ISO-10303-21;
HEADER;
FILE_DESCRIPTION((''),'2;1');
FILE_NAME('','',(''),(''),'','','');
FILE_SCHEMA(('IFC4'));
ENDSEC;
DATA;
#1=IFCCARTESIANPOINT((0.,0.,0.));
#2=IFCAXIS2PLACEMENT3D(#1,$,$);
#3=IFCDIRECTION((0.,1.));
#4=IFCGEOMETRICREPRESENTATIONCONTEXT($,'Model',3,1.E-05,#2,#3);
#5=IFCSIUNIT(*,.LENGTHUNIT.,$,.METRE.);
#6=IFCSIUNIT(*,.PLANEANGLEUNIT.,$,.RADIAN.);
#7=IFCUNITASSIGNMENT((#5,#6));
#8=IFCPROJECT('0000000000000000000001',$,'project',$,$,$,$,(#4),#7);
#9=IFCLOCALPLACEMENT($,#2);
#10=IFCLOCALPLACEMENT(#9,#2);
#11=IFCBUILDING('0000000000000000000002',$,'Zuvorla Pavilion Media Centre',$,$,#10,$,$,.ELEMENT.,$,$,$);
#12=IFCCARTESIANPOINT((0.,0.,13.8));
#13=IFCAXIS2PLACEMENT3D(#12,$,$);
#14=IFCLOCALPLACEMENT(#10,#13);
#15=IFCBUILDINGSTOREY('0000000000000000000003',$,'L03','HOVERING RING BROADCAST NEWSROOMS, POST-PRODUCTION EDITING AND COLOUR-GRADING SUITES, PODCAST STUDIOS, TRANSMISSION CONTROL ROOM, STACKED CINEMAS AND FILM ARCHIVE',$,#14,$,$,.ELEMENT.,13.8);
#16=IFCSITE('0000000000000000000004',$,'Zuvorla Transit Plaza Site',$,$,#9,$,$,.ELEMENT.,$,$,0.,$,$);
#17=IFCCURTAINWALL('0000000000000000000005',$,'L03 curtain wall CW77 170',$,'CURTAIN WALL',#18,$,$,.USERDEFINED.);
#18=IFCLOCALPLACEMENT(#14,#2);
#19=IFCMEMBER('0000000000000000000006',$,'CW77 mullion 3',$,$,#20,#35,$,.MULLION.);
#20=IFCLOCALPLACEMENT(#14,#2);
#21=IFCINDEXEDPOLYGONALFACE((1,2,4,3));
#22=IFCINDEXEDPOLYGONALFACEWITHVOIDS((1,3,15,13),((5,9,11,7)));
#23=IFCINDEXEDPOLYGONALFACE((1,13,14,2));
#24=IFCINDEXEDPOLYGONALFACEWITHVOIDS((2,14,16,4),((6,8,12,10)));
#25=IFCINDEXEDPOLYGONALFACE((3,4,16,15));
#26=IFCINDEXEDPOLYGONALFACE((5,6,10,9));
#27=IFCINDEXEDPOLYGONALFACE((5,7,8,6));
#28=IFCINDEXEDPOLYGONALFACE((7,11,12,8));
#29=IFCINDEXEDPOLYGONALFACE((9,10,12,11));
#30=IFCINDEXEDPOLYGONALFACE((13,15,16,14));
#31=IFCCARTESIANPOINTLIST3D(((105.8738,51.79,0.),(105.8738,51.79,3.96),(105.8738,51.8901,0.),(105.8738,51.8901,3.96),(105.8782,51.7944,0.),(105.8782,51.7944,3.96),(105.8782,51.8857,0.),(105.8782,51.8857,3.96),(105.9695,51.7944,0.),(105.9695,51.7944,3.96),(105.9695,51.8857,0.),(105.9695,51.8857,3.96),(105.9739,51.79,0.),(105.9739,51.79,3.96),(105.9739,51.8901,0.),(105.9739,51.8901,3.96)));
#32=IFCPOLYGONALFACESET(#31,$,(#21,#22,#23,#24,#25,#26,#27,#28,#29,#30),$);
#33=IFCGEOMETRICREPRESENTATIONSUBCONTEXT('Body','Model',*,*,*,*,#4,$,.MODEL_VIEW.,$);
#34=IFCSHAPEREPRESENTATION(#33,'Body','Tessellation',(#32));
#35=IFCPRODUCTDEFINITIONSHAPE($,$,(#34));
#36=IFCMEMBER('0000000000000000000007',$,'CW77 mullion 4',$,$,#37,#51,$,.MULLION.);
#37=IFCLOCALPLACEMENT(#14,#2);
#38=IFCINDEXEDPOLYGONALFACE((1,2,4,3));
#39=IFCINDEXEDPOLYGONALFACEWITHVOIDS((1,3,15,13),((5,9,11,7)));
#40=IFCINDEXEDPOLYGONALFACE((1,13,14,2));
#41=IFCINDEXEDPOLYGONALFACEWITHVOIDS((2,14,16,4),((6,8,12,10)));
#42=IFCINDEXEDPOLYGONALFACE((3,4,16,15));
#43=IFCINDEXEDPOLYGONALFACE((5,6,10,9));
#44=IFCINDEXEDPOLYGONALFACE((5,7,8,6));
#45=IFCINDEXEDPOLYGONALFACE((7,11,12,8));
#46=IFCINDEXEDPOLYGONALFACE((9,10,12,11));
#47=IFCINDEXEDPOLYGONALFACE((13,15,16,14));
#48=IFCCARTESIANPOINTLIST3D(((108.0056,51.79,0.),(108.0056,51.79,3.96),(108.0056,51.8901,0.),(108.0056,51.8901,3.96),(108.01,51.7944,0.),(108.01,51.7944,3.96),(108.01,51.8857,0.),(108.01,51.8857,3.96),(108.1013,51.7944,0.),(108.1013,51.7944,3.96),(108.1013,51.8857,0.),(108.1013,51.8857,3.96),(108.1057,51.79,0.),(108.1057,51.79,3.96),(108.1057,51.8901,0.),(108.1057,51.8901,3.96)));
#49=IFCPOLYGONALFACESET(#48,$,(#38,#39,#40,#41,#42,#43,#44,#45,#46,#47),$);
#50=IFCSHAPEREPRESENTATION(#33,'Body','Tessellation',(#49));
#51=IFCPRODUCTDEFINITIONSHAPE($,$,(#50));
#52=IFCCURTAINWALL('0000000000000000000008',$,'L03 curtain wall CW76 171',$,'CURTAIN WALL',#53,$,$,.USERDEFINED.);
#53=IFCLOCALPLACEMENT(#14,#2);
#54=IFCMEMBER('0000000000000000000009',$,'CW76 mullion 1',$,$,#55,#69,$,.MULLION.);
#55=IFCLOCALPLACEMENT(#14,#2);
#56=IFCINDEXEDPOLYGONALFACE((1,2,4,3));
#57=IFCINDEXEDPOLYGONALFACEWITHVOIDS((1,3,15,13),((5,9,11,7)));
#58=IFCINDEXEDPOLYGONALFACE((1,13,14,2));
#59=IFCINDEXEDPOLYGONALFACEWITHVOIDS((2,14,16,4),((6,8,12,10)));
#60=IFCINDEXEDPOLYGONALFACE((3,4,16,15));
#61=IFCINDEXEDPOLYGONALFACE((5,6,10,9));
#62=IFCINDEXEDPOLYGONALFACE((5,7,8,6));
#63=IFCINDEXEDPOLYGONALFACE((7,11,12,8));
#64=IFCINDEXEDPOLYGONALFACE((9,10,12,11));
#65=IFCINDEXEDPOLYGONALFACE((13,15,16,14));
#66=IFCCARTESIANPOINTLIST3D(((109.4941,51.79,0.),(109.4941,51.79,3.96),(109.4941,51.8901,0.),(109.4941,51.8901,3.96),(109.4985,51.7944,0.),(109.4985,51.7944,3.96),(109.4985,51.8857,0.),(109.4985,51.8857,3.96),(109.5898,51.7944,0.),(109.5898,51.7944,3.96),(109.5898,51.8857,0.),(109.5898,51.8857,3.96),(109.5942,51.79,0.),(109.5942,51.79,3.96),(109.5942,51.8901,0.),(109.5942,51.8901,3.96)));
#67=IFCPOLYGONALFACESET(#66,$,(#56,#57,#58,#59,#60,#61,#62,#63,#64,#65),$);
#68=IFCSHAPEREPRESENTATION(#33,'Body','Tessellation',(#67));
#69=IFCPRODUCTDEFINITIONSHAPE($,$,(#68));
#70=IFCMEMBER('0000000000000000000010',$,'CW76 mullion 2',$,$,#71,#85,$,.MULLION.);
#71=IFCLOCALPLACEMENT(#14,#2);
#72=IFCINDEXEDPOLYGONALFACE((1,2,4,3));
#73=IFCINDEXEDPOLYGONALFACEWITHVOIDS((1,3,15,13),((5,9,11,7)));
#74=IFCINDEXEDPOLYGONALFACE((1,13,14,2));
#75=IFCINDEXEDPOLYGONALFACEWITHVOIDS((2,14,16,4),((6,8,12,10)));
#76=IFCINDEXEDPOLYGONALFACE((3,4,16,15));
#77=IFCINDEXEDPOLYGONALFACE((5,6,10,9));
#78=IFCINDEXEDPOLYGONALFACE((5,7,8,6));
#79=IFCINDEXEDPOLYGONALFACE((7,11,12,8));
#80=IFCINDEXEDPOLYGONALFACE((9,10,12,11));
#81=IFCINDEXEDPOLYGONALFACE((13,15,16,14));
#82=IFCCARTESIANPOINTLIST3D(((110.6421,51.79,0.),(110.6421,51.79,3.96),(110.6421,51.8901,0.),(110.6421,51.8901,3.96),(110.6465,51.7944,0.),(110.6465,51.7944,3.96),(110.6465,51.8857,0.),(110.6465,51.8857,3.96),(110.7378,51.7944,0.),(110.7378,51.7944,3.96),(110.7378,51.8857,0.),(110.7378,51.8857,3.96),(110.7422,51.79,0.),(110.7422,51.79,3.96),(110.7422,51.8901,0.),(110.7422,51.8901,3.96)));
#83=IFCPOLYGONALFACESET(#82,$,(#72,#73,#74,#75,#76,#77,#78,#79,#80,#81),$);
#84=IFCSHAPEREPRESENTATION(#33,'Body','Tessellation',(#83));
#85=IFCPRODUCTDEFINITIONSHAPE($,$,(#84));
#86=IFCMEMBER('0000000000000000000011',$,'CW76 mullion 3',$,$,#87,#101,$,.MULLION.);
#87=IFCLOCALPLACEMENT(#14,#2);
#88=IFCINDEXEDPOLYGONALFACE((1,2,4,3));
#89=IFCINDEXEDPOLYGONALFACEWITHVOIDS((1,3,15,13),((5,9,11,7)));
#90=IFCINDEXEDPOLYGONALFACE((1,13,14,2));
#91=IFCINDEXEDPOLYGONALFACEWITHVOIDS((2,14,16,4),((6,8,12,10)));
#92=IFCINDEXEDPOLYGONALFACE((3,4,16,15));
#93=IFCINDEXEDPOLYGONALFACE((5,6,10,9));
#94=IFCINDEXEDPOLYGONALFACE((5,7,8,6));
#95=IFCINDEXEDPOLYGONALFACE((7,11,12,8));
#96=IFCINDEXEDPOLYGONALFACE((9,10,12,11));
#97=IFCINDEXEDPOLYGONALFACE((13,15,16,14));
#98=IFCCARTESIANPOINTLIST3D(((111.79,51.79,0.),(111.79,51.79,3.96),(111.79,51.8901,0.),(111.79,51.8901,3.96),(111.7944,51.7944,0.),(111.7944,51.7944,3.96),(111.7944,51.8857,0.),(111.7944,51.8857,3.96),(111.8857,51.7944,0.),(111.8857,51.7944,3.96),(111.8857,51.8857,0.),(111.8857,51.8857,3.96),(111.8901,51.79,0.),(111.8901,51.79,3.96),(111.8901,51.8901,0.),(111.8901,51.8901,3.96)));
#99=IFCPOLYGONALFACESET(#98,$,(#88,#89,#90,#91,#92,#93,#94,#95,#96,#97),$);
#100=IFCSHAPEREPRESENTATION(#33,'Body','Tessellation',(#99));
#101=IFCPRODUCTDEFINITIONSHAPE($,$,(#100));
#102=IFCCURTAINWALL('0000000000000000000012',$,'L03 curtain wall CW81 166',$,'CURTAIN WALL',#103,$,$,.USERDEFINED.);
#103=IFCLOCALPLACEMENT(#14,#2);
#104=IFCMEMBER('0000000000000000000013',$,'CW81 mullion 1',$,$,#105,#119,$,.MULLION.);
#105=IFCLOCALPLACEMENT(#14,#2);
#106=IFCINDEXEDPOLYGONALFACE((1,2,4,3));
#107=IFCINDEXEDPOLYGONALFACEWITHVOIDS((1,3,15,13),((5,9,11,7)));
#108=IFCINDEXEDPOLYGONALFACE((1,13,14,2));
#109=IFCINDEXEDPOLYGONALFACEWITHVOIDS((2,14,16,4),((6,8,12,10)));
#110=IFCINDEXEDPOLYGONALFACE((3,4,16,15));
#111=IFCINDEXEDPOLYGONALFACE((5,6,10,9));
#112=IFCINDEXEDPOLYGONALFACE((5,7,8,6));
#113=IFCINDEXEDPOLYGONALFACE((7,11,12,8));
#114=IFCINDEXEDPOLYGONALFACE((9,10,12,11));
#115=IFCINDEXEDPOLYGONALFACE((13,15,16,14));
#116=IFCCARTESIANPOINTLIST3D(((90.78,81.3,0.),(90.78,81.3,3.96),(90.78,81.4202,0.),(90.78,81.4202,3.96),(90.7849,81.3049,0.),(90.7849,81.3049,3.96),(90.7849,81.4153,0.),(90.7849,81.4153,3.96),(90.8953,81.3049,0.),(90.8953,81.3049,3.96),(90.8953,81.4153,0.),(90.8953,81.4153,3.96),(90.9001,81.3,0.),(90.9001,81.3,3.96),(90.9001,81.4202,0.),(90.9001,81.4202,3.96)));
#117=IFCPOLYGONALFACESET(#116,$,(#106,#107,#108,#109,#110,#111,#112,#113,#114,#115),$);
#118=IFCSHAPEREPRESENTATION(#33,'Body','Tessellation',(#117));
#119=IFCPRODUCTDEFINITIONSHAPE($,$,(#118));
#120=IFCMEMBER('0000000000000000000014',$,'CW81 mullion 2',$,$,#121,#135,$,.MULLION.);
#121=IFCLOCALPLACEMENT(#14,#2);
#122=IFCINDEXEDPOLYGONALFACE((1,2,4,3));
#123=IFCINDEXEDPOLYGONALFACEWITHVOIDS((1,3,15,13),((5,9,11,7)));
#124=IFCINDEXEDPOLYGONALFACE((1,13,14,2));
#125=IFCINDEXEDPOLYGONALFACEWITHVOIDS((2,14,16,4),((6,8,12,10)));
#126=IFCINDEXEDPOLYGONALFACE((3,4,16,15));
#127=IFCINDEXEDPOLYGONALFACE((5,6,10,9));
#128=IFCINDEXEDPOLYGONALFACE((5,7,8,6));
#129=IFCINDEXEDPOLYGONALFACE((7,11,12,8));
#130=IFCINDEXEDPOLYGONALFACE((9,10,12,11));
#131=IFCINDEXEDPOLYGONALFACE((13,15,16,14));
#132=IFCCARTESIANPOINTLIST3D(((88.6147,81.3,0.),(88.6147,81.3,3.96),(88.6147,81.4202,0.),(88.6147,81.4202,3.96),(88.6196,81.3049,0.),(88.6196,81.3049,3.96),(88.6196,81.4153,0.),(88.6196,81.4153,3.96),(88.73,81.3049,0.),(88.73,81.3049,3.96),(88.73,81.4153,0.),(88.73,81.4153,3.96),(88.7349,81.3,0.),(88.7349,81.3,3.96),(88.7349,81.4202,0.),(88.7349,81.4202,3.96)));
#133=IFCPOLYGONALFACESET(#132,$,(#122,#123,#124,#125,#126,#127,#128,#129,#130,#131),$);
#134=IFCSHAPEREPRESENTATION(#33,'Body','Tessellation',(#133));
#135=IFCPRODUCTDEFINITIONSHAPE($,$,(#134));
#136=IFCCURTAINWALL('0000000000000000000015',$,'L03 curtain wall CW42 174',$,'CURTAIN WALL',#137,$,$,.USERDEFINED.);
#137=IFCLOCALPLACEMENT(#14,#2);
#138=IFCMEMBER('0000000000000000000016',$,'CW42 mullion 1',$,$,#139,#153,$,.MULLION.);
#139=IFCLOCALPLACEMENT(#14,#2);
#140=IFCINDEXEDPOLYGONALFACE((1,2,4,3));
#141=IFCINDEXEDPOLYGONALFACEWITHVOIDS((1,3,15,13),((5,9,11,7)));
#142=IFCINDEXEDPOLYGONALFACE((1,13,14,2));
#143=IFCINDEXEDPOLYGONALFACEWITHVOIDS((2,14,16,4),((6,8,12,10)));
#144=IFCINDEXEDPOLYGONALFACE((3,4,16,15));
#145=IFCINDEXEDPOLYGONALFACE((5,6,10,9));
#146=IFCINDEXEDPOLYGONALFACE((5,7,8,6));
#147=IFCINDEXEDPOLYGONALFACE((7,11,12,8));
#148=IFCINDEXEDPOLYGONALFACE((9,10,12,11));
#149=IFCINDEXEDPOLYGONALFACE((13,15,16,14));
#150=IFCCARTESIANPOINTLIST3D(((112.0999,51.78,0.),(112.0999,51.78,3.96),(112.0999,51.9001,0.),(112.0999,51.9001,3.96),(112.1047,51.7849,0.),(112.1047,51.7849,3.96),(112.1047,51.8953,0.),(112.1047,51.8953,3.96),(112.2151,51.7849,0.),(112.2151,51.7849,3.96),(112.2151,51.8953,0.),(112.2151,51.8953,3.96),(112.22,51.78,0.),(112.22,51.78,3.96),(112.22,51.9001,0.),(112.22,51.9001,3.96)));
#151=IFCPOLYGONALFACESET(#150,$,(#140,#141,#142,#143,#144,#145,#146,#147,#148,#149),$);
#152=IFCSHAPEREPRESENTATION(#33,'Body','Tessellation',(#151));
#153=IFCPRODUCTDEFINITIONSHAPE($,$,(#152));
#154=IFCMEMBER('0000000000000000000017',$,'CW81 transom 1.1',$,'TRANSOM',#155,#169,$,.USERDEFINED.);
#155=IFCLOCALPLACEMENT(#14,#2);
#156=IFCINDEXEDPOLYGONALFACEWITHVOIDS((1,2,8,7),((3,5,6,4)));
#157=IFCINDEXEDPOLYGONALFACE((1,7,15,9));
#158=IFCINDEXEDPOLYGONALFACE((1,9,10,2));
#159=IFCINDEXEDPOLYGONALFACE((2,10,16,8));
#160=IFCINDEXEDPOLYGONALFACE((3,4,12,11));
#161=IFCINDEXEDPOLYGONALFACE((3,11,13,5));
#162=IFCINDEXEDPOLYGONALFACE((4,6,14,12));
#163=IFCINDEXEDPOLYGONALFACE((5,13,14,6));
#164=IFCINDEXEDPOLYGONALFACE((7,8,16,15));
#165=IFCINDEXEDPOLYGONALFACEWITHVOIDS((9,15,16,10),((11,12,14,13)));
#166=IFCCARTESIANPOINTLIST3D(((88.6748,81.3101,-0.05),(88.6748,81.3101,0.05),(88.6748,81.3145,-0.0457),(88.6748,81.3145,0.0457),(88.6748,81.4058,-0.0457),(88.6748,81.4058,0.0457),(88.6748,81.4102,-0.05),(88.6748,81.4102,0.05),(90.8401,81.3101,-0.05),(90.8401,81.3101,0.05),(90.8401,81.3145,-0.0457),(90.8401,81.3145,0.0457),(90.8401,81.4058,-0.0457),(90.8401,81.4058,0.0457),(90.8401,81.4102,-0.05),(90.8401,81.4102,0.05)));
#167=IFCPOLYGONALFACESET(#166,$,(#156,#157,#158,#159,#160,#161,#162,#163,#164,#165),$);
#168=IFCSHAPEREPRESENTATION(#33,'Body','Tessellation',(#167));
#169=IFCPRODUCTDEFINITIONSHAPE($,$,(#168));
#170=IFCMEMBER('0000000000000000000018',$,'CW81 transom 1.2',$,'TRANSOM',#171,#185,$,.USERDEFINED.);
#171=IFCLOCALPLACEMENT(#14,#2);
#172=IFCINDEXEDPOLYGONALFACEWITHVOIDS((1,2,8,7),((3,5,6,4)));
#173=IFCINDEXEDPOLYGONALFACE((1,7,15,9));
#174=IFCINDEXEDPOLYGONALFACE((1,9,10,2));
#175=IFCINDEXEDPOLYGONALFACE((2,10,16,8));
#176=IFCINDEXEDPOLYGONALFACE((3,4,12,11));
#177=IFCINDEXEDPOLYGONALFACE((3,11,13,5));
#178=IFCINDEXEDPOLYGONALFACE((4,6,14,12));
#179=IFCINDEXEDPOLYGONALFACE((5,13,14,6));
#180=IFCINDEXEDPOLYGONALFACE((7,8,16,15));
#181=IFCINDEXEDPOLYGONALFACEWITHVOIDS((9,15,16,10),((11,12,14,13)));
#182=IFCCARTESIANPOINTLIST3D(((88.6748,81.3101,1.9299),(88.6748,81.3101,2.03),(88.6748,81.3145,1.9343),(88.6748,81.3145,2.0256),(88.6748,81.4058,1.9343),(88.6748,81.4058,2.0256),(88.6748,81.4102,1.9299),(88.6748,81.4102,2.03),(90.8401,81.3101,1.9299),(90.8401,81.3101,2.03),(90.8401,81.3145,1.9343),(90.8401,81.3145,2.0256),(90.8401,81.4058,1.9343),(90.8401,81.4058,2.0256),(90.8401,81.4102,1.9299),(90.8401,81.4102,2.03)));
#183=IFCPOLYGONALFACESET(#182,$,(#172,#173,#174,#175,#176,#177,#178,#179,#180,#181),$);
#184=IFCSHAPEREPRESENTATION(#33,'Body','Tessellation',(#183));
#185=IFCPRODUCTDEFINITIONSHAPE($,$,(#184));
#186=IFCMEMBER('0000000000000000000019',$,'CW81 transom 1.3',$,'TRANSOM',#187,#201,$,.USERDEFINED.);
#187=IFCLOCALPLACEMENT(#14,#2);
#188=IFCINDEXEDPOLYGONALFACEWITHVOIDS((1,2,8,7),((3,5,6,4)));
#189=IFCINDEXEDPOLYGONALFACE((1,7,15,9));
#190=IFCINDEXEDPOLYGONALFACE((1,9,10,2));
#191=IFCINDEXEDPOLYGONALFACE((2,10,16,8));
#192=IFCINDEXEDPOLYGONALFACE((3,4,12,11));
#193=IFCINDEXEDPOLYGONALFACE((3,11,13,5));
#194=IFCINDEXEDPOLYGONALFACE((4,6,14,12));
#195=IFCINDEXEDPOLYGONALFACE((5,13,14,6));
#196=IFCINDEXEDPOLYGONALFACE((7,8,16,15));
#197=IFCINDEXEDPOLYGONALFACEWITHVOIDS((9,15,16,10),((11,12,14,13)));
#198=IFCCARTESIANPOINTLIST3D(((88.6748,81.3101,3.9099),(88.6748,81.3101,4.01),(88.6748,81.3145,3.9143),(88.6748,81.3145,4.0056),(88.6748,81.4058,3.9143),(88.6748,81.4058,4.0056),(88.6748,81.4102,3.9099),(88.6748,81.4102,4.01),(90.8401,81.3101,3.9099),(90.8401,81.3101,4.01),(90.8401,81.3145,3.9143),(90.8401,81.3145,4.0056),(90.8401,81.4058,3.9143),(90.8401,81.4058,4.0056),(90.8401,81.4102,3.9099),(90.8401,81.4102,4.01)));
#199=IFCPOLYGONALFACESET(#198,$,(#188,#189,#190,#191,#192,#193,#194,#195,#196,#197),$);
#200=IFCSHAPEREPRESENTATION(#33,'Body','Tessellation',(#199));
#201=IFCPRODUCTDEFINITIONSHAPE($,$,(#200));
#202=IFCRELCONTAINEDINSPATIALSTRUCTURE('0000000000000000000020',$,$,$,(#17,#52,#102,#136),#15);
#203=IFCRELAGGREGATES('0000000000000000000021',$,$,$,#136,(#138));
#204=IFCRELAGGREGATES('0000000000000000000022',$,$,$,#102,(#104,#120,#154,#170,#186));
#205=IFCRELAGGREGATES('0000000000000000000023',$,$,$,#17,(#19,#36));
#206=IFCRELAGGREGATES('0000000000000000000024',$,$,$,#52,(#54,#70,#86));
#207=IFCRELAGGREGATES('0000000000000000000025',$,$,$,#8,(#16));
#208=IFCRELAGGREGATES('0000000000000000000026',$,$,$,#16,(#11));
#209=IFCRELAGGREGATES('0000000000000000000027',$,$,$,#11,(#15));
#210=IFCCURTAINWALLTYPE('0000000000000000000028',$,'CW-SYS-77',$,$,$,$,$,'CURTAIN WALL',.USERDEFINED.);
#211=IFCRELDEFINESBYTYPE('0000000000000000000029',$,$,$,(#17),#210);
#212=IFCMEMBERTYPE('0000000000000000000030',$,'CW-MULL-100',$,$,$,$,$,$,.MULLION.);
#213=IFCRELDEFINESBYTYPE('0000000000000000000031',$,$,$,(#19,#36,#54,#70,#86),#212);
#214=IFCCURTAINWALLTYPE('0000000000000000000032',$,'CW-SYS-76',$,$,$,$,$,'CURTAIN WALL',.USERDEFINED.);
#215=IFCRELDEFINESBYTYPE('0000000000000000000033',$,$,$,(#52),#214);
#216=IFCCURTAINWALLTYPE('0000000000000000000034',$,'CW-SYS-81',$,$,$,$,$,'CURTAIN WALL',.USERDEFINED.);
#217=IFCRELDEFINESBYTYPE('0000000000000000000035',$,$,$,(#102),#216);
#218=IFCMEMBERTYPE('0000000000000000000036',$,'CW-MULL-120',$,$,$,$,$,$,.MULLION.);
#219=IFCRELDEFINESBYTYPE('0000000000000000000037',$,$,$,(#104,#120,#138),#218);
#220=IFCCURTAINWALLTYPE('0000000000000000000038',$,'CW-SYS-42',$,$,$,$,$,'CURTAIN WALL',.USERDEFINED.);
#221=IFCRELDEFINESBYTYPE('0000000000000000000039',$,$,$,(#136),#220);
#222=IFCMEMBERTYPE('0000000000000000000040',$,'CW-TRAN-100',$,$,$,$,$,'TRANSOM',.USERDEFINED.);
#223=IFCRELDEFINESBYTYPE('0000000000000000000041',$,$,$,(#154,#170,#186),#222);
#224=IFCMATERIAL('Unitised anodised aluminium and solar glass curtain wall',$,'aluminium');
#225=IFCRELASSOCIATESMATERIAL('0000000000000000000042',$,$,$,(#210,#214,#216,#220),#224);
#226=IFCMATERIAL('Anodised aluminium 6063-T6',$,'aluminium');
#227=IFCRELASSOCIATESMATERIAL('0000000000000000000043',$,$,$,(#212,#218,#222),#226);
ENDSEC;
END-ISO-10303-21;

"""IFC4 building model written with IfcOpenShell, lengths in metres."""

from ifc_helpers import new_model, si_unit, direction, frame, origin, origin_2d, place, context, subcontext, project, spatial, hollow_rectangle, extrude, material, material_profile, profile_set, type_object, element, aggregate, save


model = new_model("IFC4")

# Units and contexts
model_context = context("Model", 3, precision=1e-05, world=origin(), true_north=direction((0.0, 1.0)))
body_context = subcontext(model_context, "Body", "Model", "MODEL_VIEW")
ifc_project = project(units=[si_unit("LENGTHUNIT", "METRE"), si_unit("PLANEANGLEUNIT", "RADIAN")], contexts=[model_context])

# Site, building, storey
site_placement = place(None, origin())
site = spatial("IfcSite", under=ifc_project, at=site_placement, Name="Zuvorla Transit Plaza Site", CompositionType="ELEMENT", RefElevation=0.0)
building_placement = place(site_placement, origin())
building = spatial("IfcBuilding", under=site, at=building_placement, Name="Zuvorla Pavilion Media Centre", CompositionType="ELEMENT")
storey_placement = place(building_placement, frame((0.0, 0.0, 13.8)))
storey = spatial("IfcBuildingStorey", under=building, at=storey_placement, Name="L03", Description="HOVERING RING BROADCAST NEWSROOMS, POST-PRODUCTION EDITING AND COLOUR-GRADING SUITES, PODCAST STUDIOS, TRANSMISSION CONTROL ROOM, STACKED CINEMAS AND FILM ARCHIVE", CompositionType="ELEMENT", Elevation=13.8)

# Curtain walls, members
ifc_material_1 = material(Name="Unitised anodised aluminium and solar glass curtain wall", Category="aluminium")
curtain_wall_type_1 = type_object("IfcCurtainWallType", Name="CW-SYS-77", ElementType="CURTAIN WALL", PredefinedType="USERDEFINED", material=ifc_material_1)
curtain_wall_1_placement = place(storey_placement, origin())
curtain_wall_1 = element("IfcCurtainWall", 1, at=curtain_wall_1_placement, inside=storey, type_object=curtain_wall_type_1, Name="L03 curtain wall CW77 170", ObjectType="CURTAIN WALL", PredefinedType="USERDEFINED")
ifc_material_2 = material(Name="Anodised aluminium 6063-T6", Category="aluminium")
ifc_material_profile_1 = material_profile(ifc_material_2, hollow_rectangle(XDim=0.1001, YDim=0.1001, WallThickness=0.0044, at=origin_2d()), Name="ALU MULL 100x100")
ifc_profile_set_1 = profile_set([ifc_material_profile_1], Name="Anodised aluminium 6063-T6")
member_type_1 = type_object("IfcMemberType", Name="CW-MULL-100", PredefinedType="MULLION", material=ifc_profile_set_1)
member_1_placement = place(storey_placement, frame((105.9238, 51.8401, 0.0), z_axis=(0.0, 0.0, 1.0), x_axis=(1.0, 0.0, 0.0)))
member_1 = element("IfcMember", 2, at=member_1_placement, type_object=member_type_1, Name="CW77 mullion 3", PredefinedType="MULLION", context=body_context, shape_type="SweptSolid", body=[
    extrude(hollow_rectangle(XDim=0.1001, YDim=0.1001, WallThickness=0.0044, at=origin_2d()), origin(), (0.0, 0.0, 1.0), 3.96),
])
member_2_placement = place(storey_placement, frame((108.0557, 51.8401, 0.0), z_axis=(0.0, 0.0, 1.0), x_axis=(1.0, 0.0, 0.0)))
member_2 = element("IfcMember", 3, at=member_2_placement, type_object=member_type_1, Name="CW77 mullion 4", PredefinedType="MULLION", context=body_context, shape_type="SweptSolid", body=[
    extrude(hollow_rectangle(XDim=0.1001, YDim=0.1001, WallThickness=0.0044, at=origin_2d()), origin(), (0.0, 0.0, 1.0), 3.96),
])
curtain_wall_type_2 = type_object("IfcCurtainWallType", Name="CW-SYS-76", ElementType="CURTAIN WALL", PredefinedType="USERDEFINED", material=ifc_material_1)
curtain_wall_2_placement = place(storey_placement, origin())
curtain_wall_2 = element("IfcCurtainWall", 4, at=curtain_wall_2_placement, inside=storey, type_object=curtain_wall_type_2, Name="L03 curtain wall CW76 171", ObjectType="CURTAIN WALL", PredefinedType="USERDEFINED")
member_3_placement = place(storey_placement, frame((109.5442, 51.8401, 0.0), z_axis=(0.0, 0.0, 1.0), x_axis=(1.0, 0.0, 0.0)))
member_3 = element("IfcMember", 5, at=member_3_placement, type_object=member_type_1, Name="CW76 mullion 1", PredefinedType="MULLION", context=body_context, shape_type="SweptSolid", body=[
    extrude(hollow_rectangle(XDim=0.1001, YDim=0.1001, WallThickness=0.0044, at=origin_2d()), origin(), (0.0, 0.0, 1.0), 3.96),
])
member_4_placement = place(storey_placement, frame((110.6921, 51.8401, 0.0), z_axis=(0.0, 0.0, 1.0), x_axis=(1.0, 0.0, 0.0)))
member_4 = element("IfcMember", 6, at=member_4_placement, type_object=member_type_1, Name="CW76 mullion 2", PredefinedType="MULLION", context=body_context, shape_type="SweptSolid", body=[
    extrude(hollow_rectangle(XDim=0.1001, YDim=0.1001, WallThickness=0.0044, at=origin_2d()), origin(), (0.0, 0.0, 1.0), 3.96),
])
member_5_placement = place(storey_placement, frame((111.8401, 51.8401, 0.0), z_axis=(0.0, 0.0, 1.0), x_axis=(1.0, 0.0, 0.0)))
member_5 = element("IfcMember", 7, at=member_5_placement, type_object=member_type_1, Name="CW76 mullion 3", PredefinedType="MULLION", context=body_context, shape_type="SweptSolid", body=[
    extrude(hollow_rectangle(XDim=0.1001, YDim=0.1001, WallThickness=0.0044, at=origin_2d()), origin(), (0.0, 0.0, 1.0), 3.96),
])
curtain_wall_type_3 = type_object("IfcCurtainWallType", Name="CW-SYS-81", ElementType="CURTAIN WALL", PredefinedType="USERDEFINED", material=ifc_material_1)
curtain_wall_3_placement = place(storey_placement, origin())
curtain_wall_3 = element("IfcCurtainWall", 8, at=curtain_wall_3_placement, inside=storey, type_object=curtain_wall_type_3, Name="L03 curtain wall CW81 166", ObjectType="CURTAIN WALL", PredefinedType="USERDEFINED")
ifc_material_profile_2 = material_profile(ifc_material_2, hollow_rectangle(XDim=0.1201, YDim=0.1201, WallThickness=0.0049, at=origin_2d()), Name="ALU MULL 120x120")
ifc_profile_set_2 = profile_set([ifc_material_profile_2], Name="Anodised aluminium 6063-T6")
member_type_2 = type_object("IfcMemberType", Name="CW-MULL-120", PredefinedType="MULLION", material=ifc_profile_set_2)
member_6_placement = place(storey_placement, frame((90.8401, 81.3601, 0.0), z_axis=(0.0, 0.0, 1.0), x_axis=(1.0, 0.0, 0.0)))
member_6 = element("IfcMember", 9, at=member_6_placement, type_object=member_type_2, Name="CW81 mullion 1", PredefinedType="MULLION", context=body_context, shape_type="SweptSolid", body=[
    extrude(hollow_rectangle(XDim=0.1201, YDim=0.1201, WallThickness=0.0049, at=origin_2d()), origin(), (0.0, 0.0, 1.0), 3.96),
])
member_7_placement = place(storey_placement, frame((88.6748, 81.3601, 0.0), z_axis=(0.0, 0.0, 1.0), x_axis=(1.0, 0.0, 0.0)))
member_7 = element("IfcMember", 10, at=member_7_placement, type_object=member_type_2, Name="CW81 mullion 2", PredefinedType="MULLION", context=body_context, shape_type="SweptSolid", body=[
    extrude(hollow_rectangle(XDim=0.1201, YDim=0.1201, WallThickness=0.0049, at=origin_2d()), origin(), (0.0, 0.0, 1.0), 3.96),
])

# Curtain wall, member
curtain_wall_type_4 = type_object("IfcCurtainWallType", Name="CW-SYS-42", ElementType="CURTAIN WALL", PredefinedType="USERDEFINED", material=ifc_material_1)
curtain_wall_4_placement = place(storey_placement, origin())
curtain_wall_4 = element("IfcCurtainWall", 11, at=curtain_wall_4_placement, inside=storey, type_object=curtain_wall_type_4, Name="L03 curtain wall CW42 174", ObjectType="CURTAIN WALL", PredefinedType="USERDEFINED")
member_8_placement = place(storey_placement, frame((112.1599, 51.8401, 0.0), z_axis=(0.0, 0.0, 1.0), x_axis=(1.0, 0.0, 0.0)))
member_8 = element("IfcMember", 12, at=member_8_placement, type_object=member_type_2, Name="CW42 mullion 1", PredefinedType="MULLION", context=body_context, shape_type="SweptSolid", body=[
    extrude(hollow_rectangle(XDim=0.1201, YDim=0.1201, WallThickness=0.0049, at=origin_2d()), origin(), (0.0, 0.0, 1.0), 3.96),
])

# Members
ifc_material_profile_3 = material_profile(ifc_material_2, hollow_rectangle(XDim=0.1001, YDim=0.1001, WallThickness=0.0044, at=origin_2d()), Name="ALU TRAN 100x100")
ifc_profile_set_3 = profile_set([ifc_material_profile_3], Name="Anodised aluminium 6063-T6")
member_type_3 = type_object("IfcMemberType", Name="CW-TRAN-100", ElementType="TRANSOM", PredefinedType="USERDEFINED", material=ifc_profile_set_3)
member_9_placement = place(storey_placement, frame((90.8401, 81.3601, 0.0), z_axis=(-1.0, 0.0, 0.0), x_axis=(0.0, -1.0, 0.0)))
member_9 = element("IfcMember", 13, at=member_9_placement, type_object=member_type_3, Name="CW81 transom 1.1", ObjectType="TRANSOM", PredefinedType="USERDEFINED", context=body_context, shape_type="SweptSolid", body=[
    extrude(hollow_rectangle(XDim=0.1001, YDim=0.1001, WallThickness=0.0044, at=origin_2d()), origin(), (0.0, 0.0, 1.0), 2.1653),
])
member_10_placement = place(storey_placement, frame((90.8401, 81.3601, 1.98), z_axis=(-1.0, 0.0, 0.0), x_axis=(0.0, -1.0, 0.0)))
member_10 = element("IfcMember", 14, at=member_10_placement, type_object=member_type_3, Name="CW81 transom 1.2", ObjectType="TRANSOM", PredefinedType="USERDEFINED", context=body_context, shape_type="SweptSolid", body=[
    extrude(hollow_rectangle(XDim=0.1001, YDim=0.1001, WallThickness=0.0044, at=origin_2d()), origin(), (0.0, 0.0, 1.0), 2.1653),
])
member_11_placement = place(storey_placement, frame((90.8401, 81.3601, 3.96), z_axis=(-1.0, 0.0, 0.0), x_axis=(0.0, -1.0, 0.0)))
member_11 = element("IfcMember", 15, at=member_11_placement, type_object=member_type_3, Name="CW81 transom 1.3", ObjectType="TRANSOM", PredefinedType="USERDEFINED", context=body_context, shape_type="SweptSolid", body=[
    extrude(hollow_rectangle(XDim=0.1001, YDim=0.1001, WallThickness=0.0044, at=origin_2d()), origin(), (0.0, 0.0, 1.0), 2.1653),
])
aggregate(curtain_wall_4, [member_8])

aggregate(curtain_wall_3, [member_6, member_7, member_9, member_10, member_11])
aggregate(curtain_wall_1, [member_1, member_2])
aggregate(curtain_wall_2, [member_3, member_4, member_5])

save(model, "model.ifc")
